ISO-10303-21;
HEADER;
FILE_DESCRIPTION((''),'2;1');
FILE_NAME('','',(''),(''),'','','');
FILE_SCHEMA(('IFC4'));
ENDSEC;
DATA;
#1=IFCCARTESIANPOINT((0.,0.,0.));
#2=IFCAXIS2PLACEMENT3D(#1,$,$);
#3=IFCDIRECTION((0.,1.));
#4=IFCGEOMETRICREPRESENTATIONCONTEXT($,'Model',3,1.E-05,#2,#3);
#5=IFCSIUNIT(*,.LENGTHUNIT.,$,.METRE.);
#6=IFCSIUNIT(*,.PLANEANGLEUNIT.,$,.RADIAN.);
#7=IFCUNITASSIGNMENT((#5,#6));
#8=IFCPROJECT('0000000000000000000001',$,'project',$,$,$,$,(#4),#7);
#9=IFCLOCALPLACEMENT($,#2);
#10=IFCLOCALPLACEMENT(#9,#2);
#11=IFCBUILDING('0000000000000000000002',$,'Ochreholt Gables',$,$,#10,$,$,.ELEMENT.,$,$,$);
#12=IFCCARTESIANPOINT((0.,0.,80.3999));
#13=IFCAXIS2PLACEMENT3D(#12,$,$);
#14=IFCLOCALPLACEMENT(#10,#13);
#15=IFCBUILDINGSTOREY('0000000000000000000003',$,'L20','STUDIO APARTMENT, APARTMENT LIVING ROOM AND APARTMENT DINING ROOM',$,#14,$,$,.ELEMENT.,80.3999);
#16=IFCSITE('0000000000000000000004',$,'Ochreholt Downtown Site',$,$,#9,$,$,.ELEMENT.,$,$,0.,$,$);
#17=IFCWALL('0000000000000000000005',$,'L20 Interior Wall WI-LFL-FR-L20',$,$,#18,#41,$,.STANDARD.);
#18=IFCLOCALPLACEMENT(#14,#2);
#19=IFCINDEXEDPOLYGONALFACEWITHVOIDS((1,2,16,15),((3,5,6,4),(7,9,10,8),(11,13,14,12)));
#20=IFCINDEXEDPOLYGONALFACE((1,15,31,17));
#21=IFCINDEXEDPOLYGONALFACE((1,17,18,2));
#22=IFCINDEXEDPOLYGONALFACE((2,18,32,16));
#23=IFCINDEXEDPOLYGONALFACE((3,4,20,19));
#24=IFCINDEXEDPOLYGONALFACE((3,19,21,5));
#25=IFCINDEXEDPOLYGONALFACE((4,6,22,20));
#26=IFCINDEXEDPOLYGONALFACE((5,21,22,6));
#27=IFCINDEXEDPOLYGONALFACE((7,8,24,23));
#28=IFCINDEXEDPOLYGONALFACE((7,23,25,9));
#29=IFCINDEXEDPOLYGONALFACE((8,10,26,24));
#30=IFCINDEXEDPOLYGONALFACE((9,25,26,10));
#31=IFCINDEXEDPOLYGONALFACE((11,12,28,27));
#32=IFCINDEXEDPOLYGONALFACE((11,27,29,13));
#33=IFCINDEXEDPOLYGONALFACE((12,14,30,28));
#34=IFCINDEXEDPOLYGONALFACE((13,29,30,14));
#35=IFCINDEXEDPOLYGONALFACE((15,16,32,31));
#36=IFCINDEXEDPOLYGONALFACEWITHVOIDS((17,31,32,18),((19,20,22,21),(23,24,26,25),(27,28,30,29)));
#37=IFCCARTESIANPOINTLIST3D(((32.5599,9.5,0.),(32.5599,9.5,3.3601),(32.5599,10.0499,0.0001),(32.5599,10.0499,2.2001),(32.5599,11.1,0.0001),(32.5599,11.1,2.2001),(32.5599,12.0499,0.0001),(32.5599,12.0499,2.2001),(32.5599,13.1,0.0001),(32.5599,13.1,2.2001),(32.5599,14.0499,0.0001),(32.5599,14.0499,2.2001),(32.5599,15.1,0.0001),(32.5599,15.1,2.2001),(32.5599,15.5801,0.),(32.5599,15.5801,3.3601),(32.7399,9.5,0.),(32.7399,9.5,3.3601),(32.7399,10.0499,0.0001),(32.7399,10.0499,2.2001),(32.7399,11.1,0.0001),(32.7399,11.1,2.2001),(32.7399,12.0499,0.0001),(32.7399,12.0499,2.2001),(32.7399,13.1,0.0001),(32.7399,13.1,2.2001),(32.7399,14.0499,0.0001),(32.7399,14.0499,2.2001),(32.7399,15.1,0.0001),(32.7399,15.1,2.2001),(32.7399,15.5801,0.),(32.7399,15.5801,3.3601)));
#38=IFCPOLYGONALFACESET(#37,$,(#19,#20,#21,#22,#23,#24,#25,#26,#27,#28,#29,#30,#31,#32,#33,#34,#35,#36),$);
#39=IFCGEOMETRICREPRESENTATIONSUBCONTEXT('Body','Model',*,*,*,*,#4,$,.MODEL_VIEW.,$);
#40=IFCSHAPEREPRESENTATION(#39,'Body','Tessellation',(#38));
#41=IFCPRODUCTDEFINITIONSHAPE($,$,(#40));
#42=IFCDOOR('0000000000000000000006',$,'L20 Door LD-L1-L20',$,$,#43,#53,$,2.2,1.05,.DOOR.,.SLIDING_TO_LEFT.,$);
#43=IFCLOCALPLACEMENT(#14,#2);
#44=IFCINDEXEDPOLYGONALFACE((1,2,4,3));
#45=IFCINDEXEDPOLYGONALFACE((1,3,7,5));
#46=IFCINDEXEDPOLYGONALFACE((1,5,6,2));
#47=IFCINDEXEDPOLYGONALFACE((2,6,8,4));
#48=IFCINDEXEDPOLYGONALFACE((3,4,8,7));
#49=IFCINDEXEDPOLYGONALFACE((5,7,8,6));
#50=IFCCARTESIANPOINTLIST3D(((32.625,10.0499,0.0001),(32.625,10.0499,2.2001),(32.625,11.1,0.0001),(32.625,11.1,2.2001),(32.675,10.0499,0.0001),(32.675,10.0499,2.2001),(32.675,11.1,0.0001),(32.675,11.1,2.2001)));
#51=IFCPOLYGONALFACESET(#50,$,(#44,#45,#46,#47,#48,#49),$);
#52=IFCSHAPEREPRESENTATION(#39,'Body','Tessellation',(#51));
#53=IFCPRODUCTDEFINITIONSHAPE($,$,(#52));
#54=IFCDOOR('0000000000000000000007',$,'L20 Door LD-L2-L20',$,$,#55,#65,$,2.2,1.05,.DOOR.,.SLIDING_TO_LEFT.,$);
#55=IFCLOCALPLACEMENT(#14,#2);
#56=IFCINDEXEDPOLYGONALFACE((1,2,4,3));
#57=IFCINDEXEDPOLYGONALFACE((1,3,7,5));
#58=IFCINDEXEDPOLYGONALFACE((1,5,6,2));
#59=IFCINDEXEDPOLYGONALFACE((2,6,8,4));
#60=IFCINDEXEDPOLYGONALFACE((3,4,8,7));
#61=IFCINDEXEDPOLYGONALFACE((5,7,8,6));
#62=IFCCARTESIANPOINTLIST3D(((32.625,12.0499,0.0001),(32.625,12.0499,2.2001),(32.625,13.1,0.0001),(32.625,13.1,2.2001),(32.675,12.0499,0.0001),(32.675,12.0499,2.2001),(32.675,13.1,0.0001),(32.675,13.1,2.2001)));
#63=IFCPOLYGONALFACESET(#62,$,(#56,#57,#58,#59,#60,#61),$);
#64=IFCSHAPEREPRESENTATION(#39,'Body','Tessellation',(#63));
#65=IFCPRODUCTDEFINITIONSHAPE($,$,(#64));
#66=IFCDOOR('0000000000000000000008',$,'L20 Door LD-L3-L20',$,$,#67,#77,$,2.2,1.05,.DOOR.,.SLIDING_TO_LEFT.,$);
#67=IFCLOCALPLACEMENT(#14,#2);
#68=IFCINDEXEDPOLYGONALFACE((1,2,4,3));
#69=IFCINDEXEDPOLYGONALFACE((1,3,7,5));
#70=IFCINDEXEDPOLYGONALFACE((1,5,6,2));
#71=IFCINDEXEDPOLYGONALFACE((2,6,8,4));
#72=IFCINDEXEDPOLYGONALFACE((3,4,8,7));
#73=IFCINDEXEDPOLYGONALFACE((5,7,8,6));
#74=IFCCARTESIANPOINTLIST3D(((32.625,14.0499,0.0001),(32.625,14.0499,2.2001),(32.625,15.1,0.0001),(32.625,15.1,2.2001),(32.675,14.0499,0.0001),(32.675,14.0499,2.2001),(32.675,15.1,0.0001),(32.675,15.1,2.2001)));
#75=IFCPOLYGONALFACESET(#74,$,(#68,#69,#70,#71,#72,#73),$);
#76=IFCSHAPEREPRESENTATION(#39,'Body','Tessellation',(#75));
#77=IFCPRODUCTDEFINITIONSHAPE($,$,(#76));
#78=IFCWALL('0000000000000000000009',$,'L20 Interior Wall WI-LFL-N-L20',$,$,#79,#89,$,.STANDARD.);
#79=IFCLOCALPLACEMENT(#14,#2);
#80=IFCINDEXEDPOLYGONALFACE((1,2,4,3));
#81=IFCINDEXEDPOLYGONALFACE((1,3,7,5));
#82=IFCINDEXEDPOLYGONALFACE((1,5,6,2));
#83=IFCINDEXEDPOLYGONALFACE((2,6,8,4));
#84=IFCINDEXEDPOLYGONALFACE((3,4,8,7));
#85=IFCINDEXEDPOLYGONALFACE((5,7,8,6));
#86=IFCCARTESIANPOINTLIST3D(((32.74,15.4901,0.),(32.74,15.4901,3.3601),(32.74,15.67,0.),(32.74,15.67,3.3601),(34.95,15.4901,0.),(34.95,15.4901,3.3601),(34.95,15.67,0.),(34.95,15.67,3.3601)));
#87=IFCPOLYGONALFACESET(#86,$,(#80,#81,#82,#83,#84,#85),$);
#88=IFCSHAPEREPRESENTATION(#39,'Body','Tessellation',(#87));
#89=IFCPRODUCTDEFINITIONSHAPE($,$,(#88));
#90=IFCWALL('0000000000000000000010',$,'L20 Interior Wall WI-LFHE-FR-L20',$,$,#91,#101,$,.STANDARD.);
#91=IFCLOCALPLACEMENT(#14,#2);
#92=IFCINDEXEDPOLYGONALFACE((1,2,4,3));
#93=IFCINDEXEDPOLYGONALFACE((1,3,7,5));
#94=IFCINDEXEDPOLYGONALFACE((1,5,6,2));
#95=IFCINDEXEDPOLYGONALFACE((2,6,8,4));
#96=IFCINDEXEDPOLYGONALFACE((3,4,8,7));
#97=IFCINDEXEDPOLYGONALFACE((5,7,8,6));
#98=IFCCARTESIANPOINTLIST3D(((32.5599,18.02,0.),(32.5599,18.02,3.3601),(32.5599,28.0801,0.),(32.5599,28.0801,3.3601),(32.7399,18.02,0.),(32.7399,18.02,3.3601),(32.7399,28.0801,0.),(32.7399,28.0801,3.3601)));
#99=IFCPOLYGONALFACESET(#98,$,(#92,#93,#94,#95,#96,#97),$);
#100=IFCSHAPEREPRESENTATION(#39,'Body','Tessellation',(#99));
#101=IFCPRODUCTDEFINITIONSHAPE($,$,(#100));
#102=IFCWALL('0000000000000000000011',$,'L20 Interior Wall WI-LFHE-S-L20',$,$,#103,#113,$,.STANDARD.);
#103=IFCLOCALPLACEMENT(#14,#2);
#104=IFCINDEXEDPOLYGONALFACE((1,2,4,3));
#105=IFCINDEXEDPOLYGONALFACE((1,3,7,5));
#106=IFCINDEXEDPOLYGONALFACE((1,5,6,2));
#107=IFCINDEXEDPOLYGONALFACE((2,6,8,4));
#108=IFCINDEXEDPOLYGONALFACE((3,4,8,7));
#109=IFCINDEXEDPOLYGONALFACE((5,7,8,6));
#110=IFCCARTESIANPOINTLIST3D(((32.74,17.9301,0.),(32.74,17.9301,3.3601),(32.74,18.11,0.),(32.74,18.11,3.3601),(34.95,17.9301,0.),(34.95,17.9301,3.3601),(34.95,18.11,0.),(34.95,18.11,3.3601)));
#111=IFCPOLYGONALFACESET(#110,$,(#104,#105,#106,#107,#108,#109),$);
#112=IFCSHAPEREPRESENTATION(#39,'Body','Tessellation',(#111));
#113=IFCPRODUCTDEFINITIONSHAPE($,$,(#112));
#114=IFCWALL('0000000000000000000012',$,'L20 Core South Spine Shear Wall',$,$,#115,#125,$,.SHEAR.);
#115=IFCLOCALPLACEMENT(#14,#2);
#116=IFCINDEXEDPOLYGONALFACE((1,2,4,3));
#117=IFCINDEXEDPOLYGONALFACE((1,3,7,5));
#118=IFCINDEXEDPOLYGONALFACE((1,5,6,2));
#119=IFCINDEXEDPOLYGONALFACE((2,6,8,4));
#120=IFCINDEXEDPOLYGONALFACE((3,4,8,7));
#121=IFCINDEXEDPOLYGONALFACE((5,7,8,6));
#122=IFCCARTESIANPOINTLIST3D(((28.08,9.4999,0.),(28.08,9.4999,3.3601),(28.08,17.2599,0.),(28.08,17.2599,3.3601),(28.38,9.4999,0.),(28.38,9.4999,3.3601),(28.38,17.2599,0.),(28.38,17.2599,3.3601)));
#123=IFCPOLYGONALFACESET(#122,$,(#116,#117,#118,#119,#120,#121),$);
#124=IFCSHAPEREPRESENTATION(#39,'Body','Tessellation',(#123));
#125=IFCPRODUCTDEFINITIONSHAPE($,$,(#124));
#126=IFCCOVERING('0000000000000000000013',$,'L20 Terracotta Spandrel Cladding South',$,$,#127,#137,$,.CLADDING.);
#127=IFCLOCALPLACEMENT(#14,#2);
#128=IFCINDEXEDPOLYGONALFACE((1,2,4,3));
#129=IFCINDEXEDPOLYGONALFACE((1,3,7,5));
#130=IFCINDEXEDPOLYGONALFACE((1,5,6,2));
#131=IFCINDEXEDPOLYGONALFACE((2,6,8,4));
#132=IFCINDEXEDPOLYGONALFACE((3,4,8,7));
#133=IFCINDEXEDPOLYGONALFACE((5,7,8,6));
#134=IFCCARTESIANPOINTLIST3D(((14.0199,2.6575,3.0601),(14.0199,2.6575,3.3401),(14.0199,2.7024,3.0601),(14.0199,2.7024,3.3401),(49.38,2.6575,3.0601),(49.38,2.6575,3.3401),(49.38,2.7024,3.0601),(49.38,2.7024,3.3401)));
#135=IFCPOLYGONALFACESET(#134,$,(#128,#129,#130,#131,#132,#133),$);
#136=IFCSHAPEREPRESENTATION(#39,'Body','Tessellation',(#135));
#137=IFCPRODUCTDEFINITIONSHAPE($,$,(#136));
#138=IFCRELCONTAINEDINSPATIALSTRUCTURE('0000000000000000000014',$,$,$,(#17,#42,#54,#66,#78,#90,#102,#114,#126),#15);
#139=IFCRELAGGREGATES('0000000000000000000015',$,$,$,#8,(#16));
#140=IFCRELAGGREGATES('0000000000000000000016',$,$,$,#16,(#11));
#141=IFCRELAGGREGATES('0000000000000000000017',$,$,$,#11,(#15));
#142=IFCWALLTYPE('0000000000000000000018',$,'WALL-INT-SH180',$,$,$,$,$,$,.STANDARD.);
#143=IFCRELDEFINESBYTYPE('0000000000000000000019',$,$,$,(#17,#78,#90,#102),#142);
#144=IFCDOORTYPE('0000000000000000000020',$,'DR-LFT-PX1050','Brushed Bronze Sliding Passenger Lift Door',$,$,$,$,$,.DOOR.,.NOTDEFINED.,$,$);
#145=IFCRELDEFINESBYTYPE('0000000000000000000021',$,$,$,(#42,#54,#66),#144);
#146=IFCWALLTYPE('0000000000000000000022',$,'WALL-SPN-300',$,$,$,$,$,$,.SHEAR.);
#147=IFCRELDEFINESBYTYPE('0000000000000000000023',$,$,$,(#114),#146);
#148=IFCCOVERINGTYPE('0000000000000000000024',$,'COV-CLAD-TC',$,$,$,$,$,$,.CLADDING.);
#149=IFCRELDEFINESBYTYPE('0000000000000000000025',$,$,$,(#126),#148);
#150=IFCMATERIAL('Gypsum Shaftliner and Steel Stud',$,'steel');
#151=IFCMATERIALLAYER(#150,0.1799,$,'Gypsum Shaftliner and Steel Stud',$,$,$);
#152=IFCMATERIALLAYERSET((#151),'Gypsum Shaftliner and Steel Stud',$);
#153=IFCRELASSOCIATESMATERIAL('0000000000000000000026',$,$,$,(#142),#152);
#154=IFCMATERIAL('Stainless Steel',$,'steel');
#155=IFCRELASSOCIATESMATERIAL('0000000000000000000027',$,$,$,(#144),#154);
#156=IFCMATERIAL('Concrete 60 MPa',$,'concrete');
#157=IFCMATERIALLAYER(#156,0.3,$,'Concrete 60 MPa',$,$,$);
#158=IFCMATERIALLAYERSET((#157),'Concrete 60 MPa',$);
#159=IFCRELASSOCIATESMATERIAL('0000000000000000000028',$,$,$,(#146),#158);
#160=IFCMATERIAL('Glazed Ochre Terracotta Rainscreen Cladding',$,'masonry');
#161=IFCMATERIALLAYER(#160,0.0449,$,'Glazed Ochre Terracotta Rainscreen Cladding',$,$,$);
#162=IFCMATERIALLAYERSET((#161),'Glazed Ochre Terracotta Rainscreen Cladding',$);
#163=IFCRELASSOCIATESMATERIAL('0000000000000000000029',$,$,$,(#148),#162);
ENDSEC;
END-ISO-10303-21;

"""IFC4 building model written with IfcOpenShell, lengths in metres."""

from ifc_helpers import new_model, si_unit, direction, frame, frame_2d, origin, origin_2d, place, context, subcontext, project, spatial, rectangle, extrude, material, layer, layer_set, type_object, element, fill, save


model = new_model("IFC4")

# Units and contexts
model_context = context("Model", 3, precision=1e-05, world=origin(), true_north=direction((0.0, 1.0)))
body_context = subcontext(model_context, "Body", "Model", "MODEL_VIEW")
ifc_project = project(units=[si_unit("LENGTHUNIT", "METRE"), si_unit("PLANEANGLEUNIT", "RADIAN")], contexts=[model_context])

# Site, building, storey
site_placement = place(None, origin())
site = spatial("IfcSite", under=ifc_project, at=site_placement, Name="Ochreholt Downtown Site", CompositionType="ELEMENT", RefElevation=0.0)
building_placement = place(site_placement, origin())
building = spatial("IfcBuilding", under=site, at=building_placement, Name="Ochreholt Gables", CompositionType="ELEMENT")
storey_placement = place(building_placement, frame((0.0, 0.0, 80.3999)))
storey = spatial("IfcBuildingStorey", under=building, at=storey_placement, Name="L20", Description="STUDIO APARTMENT, APARTMENT LIVING ROOM AND APARTMENT DINING ROOM", CompositionType="ELEMENT", Elevation=80.3999)

# Shared definitions
ifc_material_1 = material(Name="Concrete 60 MPa", Category="concrete")

# Shared definitions
ifc_material_2 = material(Name="Gypsum Shaftliner and Steel Stud", Category="steel")
ifc_layer_1 = layer(ifc_material_2, 0.1799, Name="Gypsum Shaftliner and Steel Stud")
ifc_layer_set_1 = layer_set([ifc_layer_1], Name="Gypsum Shaftliner and Steel Stud")
wall_type_1 = type_object("IfcWallType", Name="WALL-INT-SH180", PredefinedType="STANDARD", material=ifc_layer_set_1)

# Wall, openings, doors
wall_1_placement = place(storey_placement, frame((32.6499, 9.5, 0.0), z_axis=(0.0, 0.0, 1.0), x_axis=(0.0, 1.0, 0.0)))
wall_1 = element("IfcWall", 1, at=wall_1_placement, inside=storey, type_object=wall_type_1, Name="L20 Interior Wall WI-LFL-FR-L20", PredefinedType="STANDARD", context=body_context, shape_type="SweptSolid", body=[
    extrude(rectangle(XDim=6.0801, YDim=0.1799, at=frame_2d((3.04, 0.0))), origin(), (0.0, 0.0, 1.0), 3.3601),
])
opening_1_placement = place(wall_1_placement, frame((0.55, 0.0, 0.0)))
opening_1 = element("IfcOpeningElement", 2, at=opening_1_placement, cuts=wall_1, PredefinedType="OPENING", context=body_context, shape_type="SweptSolid", body=[
    extrude(rectangle(XDim=1.05, YDim=2.2, at=frame_2d((0.5249, 1.1001))), frame((0.0, 0.0999, 0.0), z_axis=(0.0, -1.0, 0.0), x_axis=(1.0, 0.0, 0.0)), (0.0, 0.0, 1.0), 0.2),
])
opening_2_placement = place(wall_1_placement, frame((2.55, 0.0, 0.0)))
opening_2 = element("IfcOpeningElement", 3, at=opening_2_placement, cuts=wall_1, PredefinedType="OPENING", context=body_context, shape_type="SweptSolid", body=[
    extrude(rectangle(XDim=1.05, YDim=2.2, at=frame_2d((0.5249, 1.1001))), frame((0.0, 0.0999, 0.0), z_axis=(0.0, -1.0, 0.0), x_axis=(1.0, 0.0, 0.0)), (0.0, 0.0, 1.0), 0.2),
])
opening_3_placement = place(wall_1_placement, frame((4.55, 0.0, 0.0)))
opening_3 = element("IfcOpeningElement", 4, at=opening_3_placement, cuts=wall_1, PredefinedType="OPENING", context=body_context, shape_type="SweptSolid", body=[
    extrude(rectangle(XDim=1.05, YDim=2.2, at=frame_2d((0.5249, 1.1001))), frame((0.0, 0.0999, 0.0), z_axis=(0.0, -1.0, 0.0), x_axis=(1.0, 0.0, 0.0)), (0.0, 0.0, 1.0), 0.2),
])
ifc_material_3 = material(Name="Stainless Steel", Category="steel")
door_type_1 = type_object("IfcDoorType", Name="DR-LFT-PX1050", Description="Brushed Bronze Sliding Passenger Lift Door", OperationType="NOTDEFINED", PredefinedType="DOOR", material=ifc_material_3)
door_1_placement = place(opening_1_placement, origin())
door_1 = element("IfcDoor", 5, at=door_1_placement, inside=storey, type_object=door_type_1, Name="L20 Door LD-L1-L20", OperationType="SLIDING_TO_LEFT", OverallHeight=2.2, OverallWidth=1.05, PredefinedType="DOOR", context=body_context, shape_type="SweptSolid", body=[
    extrude(rectangle(XDim=1.05, YDim=2.2, at=frame_2d((0.5249, 1.1001))), frame((0.0, 0.0249, 0.0), z_axis=(0.0, -1.0, 0.0), x_axis=(1.0, 0.0, 0.0)), (0.0, 0.0, 1.0), 0.05),
])
fill(opening_1, door_1)
door_2_placement = place(opening_2_placement, origin())
door_2 = element("IfcDoor", 6, at=door_2_placement, inside=storey, type_object=door_type_1, Name="L20 Door LD-L2-L20", OperationType="SLIDING_TO_LEFT", OverallHeight=2.2, OverallWidth=1.05, PredefinedType="DOOR", context=body_context, shape_type="SweptSolid", body=[
    extrude(rectangle(XDim=1.05, YDim=2.2, at=frame_2d((0.5249, 1.1001))), frame((0.0, 0.0249, 0.0), z_axis=(0.0, -1.0, 0.0), x_axis=(1.0, 0.0, 0.0)), (0.0, 0.0, 1.0), 0.05),
])
fill(opening_2, door_2)
door_3_placement = place(opening_3_placement, origin())
door_3 = element("IfcDoor", 7, at=door_3_placement, inside=storey, type_object=door_type_1, Name="L20 Door LD-L3-L20", OperationType="SLIDING_TO_LEFT", OverallHeight=2.2, OverallWidth=1.05, PredefinedType="DOOR", context=body_context, shape_type="SweptSolid", body=[
    extrude(rectangle(XDim=1.05, YDim=2.2, at=frame_2d((0.5249, 1.1001))), frame((0.0, 0.0249, 0.0), z_axis=(0.0, -1.0, 0.0), x_axis=(1.0, 0.0, 0.0)), (0.0, 0.0, 1.0), 0.05),
])
fill(opening_3, door_3)

# Walls
wall_2_placement = place(storey_placement, frame((32.74, 15.5801, 0.0), z_axis=(0.0, 0.0, 1.0), x_axis=(1.0, 0.0, 0.0)))
element("IfcWall", 8, at=wall_2_placement, inside=storey, type_object=wall_type_1, Name="L20 Interior Wall WI-LFL-N-L20", PredefinedType="STANDARD", context=body_context, shape_type="SweptSolid", body=[
    extrude(rectangle(XDim=2.21, YDim=0.1799, at=frame_2d((1.105, 0.0))), origin(), (0.0, 0.0, 1.0), 3.3601),
])
wall_3_placement = place(storey_placement, frame((32.6499, 18.02, 0.0), z_axis=(0.0, 0.0, 1.0), x_axis=(0.0, 1.0, 0.0)))
element("IfcWall", 9, at=wall_3_placement, inside=storey, type_object=wall_type_1, Name="L20 Interior Wall WI-LFHE-FR-L20", PredefinedType="STANDARD", context=body_context, shape_type="SweptSolid", body=[
    extrude(rectangle(XDim=10.0601, YDim=0.1799, at=frame_2d((5.03, 0.0))), origin(), (0.0, 0.0, 1.0), 3.3601),
])
wall_4_placement = place(storey_placement, frame((32.74, 18.02, 0.0), z_axis=(0.0, 0.0, 1.0), x_axis=(1.0, 0.0, 0.0)))
element("IfcWall", 10, at=wall_4_placement, inside=storey, type_object=wall_type_1, Name="L20 Interior Wall WI-LFHE-S-L20", PredefinedType="STANDARD", context=body_context, shape_type="SweptSolid", body=[
    extrude(rectangle(XDim=2.21, YDim=0.1799, at=frame_2d((1.105, 0.0))), origin(), (0.0, 0.0, 1.0), 3.3601),
])
ifc_layer_2 = layer(ifc_material_1, 0.3, Name="Concrete 60 MPa")
ifc_layer_set_2 = layer_set([ifc_layer_2], Name="Concrete 60 MPa")
wall_type_2 = type_object("IfcWallType", Name="WALL-SPN-300", PredefinedType="SHEAR", material=ifc_layer_set_2)
wall_5_placement = place(storey_placement, frame((28.23, 9.5, 0.0), z_axis=(0.0, 0.0, 1.0), x_axis=(0.0, 1.0, 0.0)))
element("IfcWall", 11, at=wall_5_placement, inside=storey, type_object=wall_type_2, Name="L20 Core South Spine Shear Wall", PredefinedType="SHEAR", context=body_context, shape_type="SweptSolid", body=[
    extrude(rectangle(XDim=7.76, YDim=0.3, at=frame_2d((3.8799, 0.0))), origin(), (0.0, 0.0, 1.0), 3.3601),
])

# Covering
ifc_material_4 = material(Name="Glazed Ochre Terracotta Rainscreen Cladding", Category="masonry")
ifc_layer_3 = layer(ifc_material_4, 0.0449, Name="Glazed Ochre Terracotta Rainscreen Cladding")
ifc_layer_set_3 = layer_set([ifc_layer_3], Name="Glazed Ochre Terracotta Rainscreen Cladding")
covering_type = type_object("IfcCoveringType", Name="COV-CLAD-TC", PredefinedType="CLADDING", material=ifc_layer_set_3)
covering_placement = place(storey_placement, frame((31.7, 2.6799, 3.0601), z_axis=(0.0, 0.0, 1.0), x_axis=(1.0, 0.0, 0.0)))
element("IfcCovering", 12, at=covering_placement, inside=storey, type_object=covering_type, Name="L20 Terracotta Spandrel Cladding South", PredefinedType="CLADDING", context=body_context, shape_type="SweptSolid", body=[
    extrude(rectangle(XDim=35.3601, YDim=0.0449, at=origin_2d()), origin(), (0.0, 0.0, 1.0), 0.28),
])

save(model, "model.ifc")
